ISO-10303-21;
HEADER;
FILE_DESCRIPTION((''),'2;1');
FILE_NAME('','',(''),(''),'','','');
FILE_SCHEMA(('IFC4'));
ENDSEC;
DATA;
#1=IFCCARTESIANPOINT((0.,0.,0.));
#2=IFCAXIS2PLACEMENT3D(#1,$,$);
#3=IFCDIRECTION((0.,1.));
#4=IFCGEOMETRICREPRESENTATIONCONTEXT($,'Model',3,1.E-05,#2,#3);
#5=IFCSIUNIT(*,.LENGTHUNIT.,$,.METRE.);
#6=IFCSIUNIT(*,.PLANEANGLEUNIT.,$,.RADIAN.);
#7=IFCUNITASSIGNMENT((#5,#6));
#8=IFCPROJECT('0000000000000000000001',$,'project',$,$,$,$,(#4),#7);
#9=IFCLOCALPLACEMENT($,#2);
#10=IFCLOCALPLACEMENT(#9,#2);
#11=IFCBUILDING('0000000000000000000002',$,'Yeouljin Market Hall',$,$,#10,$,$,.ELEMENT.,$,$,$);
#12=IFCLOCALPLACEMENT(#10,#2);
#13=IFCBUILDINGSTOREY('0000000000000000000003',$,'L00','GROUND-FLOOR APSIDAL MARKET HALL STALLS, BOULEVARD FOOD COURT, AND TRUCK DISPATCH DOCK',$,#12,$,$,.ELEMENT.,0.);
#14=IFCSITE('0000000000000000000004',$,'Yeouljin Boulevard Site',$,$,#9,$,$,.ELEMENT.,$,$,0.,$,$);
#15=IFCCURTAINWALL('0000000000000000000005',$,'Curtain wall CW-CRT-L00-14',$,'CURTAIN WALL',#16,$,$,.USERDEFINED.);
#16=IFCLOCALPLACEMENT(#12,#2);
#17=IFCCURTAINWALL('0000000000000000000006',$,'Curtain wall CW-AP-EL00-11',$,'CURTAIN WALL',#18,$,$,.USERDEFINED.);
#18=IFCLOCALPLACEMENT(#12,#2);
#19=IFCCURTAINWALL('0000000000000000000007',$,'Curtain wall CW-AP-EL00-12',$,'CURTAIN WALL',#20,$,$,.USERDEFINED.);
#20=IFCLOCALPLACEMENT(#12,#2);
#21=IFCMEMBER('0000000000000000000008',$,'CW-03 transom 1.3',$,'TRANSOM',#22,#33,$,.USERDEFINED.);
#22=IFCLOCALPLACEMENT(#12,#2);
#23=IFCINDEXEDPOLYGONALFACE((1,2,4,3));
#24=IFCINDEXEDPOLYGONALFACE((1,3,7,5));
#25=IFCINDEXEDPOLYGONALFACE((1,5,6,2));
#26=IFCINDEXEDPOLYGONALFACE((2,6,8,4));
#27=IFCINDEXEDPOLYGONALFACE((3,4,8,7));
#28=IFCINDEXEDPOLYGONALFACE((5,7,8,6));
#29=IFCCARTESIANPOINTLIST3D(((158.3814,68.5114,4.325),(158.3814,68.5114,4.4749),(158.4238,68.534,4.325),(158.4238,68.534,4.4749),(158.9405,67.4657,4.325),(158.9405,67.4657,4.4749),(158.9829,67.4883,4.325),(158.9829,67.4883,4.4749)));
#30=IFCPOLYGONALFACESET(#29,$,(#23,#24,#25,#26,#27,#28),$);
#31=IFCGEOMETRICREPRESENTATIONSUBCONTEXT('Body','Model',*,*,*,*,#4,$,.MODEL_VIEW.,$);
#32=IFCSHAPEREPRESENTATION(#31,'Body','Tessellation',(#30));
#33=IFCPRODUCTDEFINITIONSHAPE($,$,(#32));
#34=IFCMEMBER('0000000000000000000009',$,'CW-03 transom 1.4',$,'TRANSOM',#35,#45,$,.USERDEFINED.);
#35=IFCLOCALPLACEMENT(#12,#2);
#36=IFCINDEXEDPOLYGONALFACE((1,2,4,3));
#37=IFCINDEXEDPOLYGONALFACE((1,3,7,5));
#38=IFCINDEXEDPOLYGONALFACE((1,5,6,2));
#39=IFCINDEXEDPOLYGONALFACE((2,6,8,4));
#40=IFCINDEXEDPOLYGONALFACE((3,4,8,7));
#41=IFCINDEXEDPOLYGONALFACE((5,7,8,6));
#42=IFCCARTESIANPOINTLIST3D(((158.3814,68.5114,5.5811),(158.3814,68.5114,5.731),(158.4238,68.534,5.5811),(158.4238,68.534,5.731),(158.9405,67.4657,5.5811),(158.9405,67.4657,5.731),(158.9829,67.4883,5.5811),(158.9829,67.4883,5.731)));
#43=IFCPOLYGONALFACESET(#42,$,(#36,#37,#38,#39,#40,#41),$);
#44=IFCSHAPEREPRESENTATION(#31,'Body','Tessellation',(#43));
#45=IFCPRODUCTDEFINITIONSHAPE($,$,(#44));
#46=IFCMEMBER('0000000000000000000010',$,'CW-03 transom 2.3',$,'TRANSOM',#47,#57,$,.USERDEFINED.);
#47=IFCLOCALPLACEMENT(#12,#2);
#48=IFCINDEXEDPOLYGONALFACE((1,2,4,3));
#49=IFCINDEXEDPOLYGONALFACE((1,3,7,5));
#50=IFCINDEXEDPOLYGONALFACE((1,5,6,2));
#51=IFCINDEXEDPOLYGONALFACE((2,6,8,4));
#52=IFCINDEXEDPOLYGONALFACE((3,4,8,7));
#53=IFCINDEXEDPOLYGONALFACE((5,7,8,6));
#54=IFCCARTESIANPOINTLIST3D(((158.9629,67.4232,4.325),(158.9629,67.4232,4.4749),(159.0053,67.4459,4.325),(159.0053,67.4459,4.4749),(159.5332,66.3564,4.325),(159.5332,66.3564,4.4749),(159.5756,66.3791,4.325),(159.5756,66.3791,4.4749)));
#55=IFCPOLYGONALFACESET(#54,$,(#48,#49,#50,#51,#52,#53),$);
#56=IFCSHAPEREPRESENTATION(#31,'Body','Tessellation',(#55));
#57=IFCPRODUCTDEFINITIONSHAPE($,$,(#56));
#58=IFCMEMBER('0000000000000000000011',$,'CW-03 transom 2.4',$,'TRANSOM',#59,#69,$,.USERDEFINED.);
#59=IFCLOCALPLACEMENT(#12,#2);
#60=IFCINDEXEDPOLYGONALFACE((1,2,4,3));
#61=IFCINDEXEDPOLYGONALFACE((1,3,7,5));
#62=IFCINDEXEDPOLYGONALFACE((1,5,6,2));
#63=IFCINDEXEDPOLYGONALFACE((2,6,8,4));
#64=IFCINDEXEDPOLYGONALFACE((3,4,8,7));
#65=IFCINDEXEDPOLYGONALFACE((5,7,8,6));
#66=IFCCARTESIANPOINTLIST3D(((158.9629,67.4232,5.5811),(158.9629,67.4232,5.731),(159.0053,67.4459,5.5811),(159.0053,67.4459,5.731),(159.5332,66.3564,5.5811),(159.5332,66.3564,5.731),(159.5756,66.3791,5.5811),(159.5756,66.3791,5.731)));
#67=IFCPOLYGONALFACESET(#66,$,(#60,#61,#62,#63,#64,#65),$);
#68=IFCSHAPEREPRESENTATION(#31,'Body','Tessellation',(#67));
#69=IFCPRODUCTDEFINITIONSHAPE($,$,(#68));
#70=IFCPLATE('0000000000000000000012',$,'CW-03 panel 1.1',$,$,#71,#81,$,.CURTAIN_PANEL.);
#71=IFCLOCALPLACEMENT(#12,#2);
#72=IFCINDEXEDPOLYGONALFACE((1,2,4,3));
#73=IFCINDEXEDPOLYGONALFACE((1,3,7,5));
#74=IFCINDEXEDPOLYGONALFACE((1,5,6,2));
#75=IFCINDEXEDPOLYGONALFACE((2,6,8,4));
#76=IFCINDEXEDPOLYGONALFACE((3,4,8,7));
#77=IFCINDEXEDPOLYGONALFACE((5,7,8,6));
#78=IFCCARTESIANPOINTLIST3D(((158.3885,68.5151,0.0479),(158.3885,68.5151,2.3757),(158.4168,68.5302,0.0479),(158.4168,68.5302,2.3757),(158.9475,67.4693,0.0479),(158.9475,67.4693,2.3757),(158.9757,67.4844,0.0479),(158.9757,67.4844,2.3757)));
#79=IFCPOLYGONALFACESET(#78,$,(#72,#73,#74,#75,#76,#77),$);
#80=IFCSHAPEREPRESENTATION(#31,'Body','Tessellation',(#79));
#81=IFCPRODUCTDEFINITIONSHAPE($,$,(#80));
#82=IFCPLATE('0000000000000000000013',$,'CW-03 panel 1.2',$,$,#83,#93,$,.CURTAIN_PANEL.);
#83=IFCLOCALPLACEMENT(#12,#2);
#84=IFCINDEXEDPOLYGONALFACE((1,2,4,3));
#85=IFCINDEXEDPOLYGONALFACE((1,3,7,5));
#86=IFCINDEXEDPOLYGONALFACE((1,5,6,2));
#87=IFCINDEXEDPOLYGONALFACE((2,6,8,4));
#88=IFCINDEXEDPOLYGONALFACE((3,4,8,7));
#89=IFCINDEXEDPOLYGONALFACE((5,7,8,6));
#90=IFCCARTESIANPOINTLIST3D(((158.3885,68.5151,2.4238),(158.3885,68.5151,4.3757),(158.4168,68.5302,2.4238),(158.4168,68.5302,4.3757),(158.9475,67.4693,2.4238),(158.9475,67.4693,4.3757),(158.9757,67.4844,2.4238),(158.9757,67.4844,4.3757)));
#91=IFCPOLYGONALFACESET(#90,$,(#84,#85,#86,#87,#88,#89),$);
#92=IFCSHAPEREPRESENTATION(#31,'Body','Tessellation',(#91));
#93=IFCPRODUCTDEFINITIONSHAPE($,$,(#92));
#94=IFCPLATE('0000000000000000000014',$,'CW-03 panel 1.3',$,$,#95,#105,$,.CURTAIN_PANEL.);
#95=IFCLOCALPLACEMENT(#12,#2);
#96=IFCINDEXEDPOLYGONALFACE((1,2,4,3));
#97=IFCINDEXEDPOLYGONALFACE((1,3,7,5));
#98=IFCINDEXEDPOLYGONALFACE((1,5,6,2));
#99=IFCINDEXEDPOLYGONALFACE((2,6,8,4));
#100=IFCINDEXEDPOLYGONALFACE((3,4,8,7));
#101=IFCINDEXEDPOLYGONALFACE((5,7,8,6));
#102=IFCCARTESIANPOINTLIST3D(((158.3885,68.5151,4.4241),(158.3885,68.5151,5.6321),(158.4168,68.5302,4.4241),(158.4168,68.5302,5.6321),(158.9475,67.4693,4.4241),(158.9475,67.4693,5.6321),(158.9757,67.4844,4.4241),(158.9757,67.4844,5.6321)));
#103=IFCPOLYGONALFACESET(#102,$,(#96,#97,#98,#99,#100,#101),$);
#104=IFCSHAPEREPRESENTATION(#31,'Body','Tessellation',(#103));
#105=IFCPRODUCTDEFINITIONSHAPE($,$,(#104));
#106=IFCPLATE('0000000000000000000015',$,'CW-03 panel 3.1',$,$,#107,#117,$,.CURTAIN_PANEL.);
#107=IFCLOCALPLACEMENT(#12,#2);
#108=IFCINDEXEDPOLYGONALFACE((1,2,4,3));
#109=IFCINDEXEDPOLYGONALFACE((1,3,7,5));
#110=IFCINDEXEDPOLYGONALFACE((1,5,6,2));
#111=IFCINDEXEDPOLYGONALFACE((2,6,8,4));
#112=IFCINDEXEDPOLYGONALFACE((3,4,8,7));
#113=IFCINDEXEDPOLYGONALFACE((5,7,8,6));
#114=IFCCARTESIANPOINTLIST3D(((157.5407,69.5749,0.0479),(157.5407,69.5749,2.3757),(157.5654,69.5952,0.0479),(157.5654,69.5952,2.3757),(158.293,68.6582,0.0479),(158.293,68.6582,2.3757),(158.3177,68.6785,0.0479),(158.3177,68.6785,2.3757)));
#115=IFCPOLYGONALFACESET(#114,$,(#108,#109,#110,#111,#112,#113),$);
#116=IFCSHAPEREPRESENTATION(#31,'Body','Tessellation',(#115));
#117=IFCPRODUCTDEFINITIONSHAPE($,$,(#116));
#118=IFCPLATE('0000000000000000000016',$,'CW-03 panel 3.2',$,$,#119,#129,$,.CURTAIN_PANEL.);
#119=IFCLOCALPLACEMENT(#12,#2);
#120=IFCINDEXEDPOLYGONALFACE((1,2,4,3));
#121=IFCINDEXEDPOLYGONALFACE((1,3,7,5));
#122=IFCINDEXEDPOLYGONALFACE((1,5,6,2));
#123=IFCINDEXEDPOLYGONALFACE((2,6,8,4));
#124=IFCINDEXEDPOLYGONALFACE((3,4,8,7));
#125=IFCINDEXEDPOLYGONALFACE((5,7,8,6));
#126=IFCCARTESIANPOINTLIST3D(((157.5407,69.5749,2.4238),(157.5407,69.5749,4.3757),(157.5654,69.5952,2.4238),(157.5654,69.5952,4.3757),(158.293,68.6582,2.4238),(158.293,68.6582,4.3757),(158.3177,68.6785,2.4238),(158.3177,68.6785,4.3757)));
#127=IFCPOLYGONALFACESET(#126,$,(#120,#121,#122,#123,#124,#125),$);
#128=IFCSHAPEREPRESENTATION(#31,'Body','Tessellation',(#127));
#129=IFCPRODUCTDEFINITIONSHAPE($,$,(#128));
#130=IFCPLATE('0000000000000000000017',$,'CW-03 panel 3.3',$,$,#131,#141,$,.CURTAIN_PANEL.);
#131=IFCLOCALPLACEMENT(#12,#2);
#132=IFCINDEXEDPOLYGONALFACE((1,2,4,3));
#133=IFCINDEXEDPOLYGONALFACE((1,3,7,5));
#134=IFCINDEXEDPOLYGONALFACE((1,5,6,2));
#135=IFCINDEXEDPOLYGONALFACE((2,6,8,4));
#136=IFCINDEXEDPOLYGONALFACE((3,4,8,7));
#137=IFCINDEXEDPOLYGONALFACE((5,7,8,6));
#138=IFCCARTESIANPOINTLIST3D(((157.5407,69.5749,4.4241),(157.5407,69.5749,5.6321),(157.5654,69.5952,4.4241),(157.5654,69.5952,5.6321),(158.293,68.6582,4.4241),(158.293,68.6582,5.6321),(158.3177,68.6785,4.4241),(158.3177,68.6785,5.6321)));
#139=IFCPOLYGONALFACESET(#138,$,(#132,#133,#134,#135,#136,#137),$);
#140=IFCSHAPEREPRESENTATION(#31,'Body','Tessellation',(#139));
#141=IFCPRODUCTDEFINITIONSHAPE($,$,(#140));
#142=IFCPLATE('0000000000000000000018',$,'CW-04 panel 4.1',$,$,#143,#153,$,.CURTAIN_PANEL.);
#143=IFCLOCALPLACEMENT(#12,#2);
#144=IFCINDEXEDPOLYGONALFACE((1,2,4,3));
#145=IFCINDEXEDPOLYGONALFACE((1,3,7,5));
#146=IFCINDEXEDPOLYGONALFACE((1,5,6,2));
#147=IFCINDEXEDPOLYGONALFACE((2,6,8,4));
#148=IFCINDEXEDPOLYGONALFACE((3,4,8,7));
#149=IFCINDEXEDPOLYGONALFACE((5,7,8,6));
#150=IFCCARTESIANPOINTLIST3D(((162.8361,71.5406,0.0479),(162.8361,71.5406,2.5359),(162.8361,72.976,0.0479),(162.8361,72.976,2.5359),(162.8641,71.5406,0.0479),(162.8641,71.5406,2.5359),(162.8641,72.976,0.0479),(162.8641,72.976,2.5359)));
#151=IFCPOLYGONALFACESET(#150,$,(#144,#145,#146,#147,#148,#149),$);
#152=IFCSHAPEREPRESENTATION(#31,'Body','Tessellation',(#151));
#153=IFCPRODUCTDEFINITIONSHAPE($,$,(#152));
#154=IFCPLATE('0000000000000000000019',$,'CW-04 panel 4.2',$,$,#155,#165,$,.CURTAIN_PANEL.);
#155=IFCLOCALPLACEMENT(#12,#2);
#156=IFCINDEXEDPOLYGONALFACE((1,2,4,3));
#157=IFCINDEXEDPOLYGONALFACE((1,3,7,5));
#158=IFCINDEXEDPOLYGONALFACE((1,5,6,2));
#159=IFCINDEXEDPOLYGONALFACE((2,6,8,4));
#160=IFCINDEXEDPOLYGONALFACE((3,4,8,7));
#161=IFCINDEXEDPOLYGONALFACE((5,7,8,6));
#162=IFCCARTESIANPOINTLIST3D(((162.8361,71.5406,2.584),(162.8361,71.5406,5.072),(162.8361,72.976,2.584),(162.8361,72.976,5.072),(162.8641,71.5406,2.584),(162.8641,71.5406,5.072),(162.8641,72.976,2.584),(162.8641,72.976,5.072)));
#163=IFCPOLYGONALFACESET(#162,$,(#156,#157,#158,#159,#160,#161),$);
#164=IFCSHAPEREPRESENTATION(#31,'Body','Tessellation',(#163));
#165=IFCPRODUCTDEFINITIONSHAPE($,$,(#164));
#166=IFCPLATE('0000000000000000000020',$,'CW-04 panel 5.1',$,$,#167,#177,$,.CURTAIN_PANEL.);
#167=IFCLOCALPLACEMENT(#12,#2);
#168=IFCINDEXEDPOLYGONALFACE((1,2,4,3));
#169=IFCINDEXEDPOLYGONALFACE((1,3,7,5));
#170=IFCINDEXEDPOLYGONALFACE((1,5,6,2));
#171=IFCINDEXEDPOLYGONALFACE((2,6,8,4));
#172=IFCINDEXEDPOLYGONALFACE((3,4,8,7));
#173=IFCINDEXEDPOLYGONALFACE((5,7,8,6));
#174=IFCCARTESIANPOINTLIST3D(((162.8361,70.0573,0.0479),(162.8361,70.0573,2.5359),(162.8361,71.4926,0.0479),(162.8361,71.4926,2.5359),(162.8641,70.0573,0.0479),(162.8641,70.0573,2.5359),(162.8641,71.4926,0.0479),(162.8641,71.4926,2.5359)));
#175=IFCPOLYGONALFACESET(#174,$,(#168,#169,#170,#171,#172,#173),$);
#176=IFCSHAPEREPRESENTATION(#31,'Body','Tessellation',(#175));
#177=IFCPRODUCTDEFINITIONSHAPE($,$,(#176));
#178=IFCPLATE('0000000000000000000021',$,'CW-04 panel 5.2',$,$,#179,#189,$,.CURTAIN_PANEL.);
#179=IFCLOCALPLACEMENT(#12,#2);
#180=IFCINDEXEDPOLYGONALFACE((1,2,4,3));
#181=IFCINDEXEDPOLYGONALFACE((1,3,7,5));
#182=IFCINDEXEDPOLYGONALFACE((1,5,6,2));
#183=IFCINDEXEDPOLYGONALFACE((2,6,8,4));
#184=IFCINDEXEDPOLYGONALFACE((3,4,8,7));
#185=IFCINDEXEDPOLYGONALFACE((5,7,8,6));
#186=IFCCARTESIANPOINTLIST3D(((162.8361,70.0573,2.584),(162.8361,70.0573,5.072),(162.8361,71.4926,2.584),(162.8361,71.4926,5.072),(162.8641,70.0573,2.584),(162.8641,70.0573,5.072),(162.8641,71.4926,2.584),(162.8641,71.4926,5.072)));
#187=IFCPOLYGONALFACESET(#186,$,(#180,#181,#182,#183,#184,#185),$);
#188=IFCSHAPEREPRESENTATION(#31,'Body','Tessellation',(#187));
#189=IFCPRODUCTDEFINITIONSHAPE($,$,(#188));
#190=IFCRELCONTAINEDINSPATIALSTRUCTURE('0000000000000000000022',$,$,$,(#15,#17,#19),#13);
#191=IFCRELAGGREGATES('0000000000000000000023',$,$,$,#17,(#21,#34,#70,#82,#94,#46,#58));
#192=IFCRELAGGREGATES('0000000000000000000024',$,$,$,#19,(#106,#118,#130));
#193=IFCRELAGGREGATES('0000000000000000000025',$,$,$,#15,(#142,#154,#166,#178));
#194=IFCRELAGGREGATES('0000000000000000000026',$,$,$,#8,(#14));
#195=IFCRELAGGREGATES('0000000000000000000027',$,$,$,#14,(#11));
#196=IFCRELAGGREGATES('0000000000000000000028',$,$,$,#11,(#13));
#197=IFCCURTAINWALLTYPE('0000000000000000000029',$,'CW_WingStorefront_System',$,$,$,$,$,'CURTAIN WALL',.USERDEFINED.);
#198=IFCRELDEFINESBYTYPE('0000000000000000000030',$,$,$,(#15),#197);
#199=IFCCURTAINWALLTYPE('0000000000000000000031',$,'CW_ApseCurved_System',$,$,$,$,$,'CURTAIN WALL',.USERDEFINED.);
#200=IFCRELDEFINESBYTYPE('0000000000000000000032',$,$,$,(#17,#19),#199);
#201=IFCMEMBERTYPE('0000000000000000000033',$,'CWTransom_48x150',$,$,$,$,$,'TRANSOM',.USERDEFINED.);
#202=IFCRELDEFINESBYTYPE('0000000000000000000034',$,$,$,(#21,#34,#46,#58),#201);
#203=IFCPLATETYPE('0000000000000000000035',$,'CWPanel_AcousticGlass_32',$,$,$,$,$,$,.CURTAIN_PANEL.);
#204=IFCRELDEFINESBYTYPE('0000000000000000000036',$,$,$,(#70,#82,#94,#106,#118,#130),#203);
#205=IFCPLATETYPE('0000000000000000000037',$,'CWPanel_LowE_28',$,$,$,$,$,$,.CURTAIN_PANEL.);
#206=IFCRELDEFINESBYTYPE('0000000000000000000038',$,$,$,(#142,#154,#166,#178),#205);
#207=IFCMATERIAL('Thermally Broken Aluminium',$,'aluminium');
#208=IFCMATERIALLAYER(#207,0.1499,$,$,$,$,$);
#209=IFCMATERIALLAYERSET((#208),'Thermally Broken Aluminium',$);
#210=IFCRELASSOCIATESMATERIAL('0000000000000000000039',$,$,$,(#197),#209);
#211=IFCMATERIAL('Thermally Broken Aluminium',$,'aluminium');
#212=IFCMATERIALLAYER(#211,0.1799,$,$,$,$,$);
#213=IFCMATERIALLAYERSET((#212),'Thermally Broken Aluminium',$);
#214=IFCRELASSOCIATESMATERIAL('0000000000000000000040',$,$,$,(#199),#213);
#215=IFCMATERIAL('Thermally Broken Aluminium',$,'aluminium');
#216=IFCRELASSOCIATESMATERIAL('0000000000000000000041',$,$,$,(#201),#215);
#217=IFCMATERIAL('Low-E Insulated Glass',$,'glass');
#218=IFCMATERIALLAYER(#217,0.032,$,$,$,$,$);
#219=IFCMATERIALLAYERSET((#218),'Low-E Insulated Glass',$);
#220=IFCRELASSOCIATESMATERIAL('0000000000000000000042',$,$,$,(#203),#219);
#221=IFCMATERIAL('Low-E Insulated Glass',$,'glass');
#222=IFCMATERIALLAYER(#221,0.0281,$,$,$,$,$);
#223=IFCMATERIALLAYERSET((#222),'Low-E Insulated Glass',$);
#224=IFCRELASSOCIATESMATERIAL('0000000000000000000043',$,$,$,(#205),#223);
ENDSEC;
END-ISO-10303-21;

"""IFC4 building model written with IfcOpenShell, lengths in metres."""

from ifc_helpers import new_model, si_unit, direction, frame, origin, origin_2d, place, context, subcontext, project, spatial, rectangle, extrude, material, layer, layer_set, material_profile, profile_set, type_object, element, aggregate, save


model = new_model("IFC4")

# Units and contexts
model_context = context("Model", 3, precision=1e-05, world=origin(), true_north=direction((0.0, 1.0)))
body_context = subcontext(model_context, "Body", "Model", "MODEL_VIEW")
ifc_project = project(units=[si_unit("LENGTHUNIT", "METRE"), si_unit("PLANEANGLEUNIT", "RADIAN")], contexts=[model_context])

# Site, building, storey
site_placement = place(None, origin())
site = spatial("IfcSite", under=ifc_project, at=site_placement, Name="Yeouljin Boulevard Site", CompositionType="ELEMENT", RefElevation=0.0)
building_placement = place(site_placement, origin())
building = spatial("IfcBuilding", under=site, at=building_placement, Name="Yeouljin Market Hall", CompositionType="ELEMENT")
storey_placement = place(building_placement, origin())
storey = spatial("IfcBuildingStorey", under=building, at=storey_placement, Name="L00", Description="GROUND-FLOOR APSIDAL MARKET HALL STALLS, BOULEVARD FOOD COURT, AND TRUCK DISPATCH DOCK", CompositionType="ELEMENT", Elevation=0.0)

# Curtain walls
ifc_material_1 = material(Name="Thermally Broken Aluminium", Category="aluminium")
ifc_layer_1 = layer(ifc_material_1, 0.1499)
ifc_layer_set_1 = layer_set([ifc_layer_1], Name="Thermally Broken Aluminium")
curtain_wall_type_1 = type_object("IfcCurtainWallType", Name="CW_WingStorefront_System", ElementType="CURTAIN WALL", PredefinedType="USERDEFINED", material=ifc_layer_set_1)
curtain_wall_1_placement = place(storey_placement, origin())
curtain_wall_1 = element("IfcCurtainWall", 1, at=curtain_wall_1_placement, inside=storey, type_object=curtain_wall_type_1, Name="Curtain wall CW-CRT-L00-14", ObjectType="CURTAIN WALL", PredefinedType="USERDEFINED")
ifc_material_2 = material(Name="Thermally Broken Aluminium", Category="aluminium")
ifc_layer_2 = layer(ifc_material_2, 0.1799)
ifc_layer_set_2 = layer_set([ifc_layer_2], Name="Thermally Broken Aluminium")
curtain_wall_type_2 = type_object("IfcCurtainWallType", Name="CW_ApseCurved_System", ElementType="CURTAIN WALL", PredefinedType="USERDEFINED", material=ifc_layer_set_2)
curtain_wall_2_placement = place(storey_placement, origin())
curtain_wall_2 = element("IfcCurtainWall", 2, at=curtain_wall_2_placement, inside=storey, type_object=curtain_wall_type_2, Name="Curtain wall CW-AP-EL00-11", ObjectType="CURTAIN WALL", PredefinedType="USERDEFINED")

# Curtain wall
curtain_wall_3_placement = place(storey_placement, origin())
curtain_wall_3 = element("IfcCurtainWall", 3, at=curtain_wall_3_placement, inside=storey, type_object=curtain_wall_type_2, Name="Curtain wall CW-AP-EL00-12", ObjectType="CURTAIN WALL", PredefinedType="USERDEFINED")

# Members
ifc_material_3 = material(Name="Thermally Broken Aluminium", Category="aluminium")
ifc_material_profile_1 = material_profile(ifc_material_3, rectangle(XDim=0.0481, YDim=0.1499, at=origin_2d()), Name="CW-TRAN-48x150")
ifc_profile_set_1 = profile_set([ifc_material_profile_1], Name="Thermally Broken Aluminium")
member_type_1 = type_object("IfcMemberType", Name="CWTransom_48x150", ElementType="TRANSOM", PredefinedType="USERDEFINED", material=ifc_profile_set_1)
member_1_placement = place(storey_placement, frame((158.4026, 68.5227, 4.3999), z_axis=(0.471507, -0.881862, 0.0), x_axis=(0.881862, 0.471507, 0.0)))
member_1 = element("IfcMember", 4, at=member_1_placement, type_object=member_type_1, Name="CW-03 transom 1.3", ObjectType="TRANSOM", PredefinedType="USERDEFINED", context=body_context, shape_type="SweptSolid", body=[
    extrude(rectangle(XDim=0.0481, YDim=0.1499, at=origin_2d()), origin(), (0.0, 0.0, 1.0), 1.1858),
])
member_2_placement = place(storey_placement, frame((158.4026, 68.5227, 5.656), z_axis=(0.471507, -0.881862, 0.0), x_axis=(0.881862, 0.471507, 0.0)))
member_2 = element("IfcMember", 5, at=member_2_placement, type_object=member_type_1, Name="CW-03 transom 1.4", ObjectType="TRANSOM", PredefinedType="USERDEFINED", context=body_context, shape_type="SweptSolid", body=[
    extrude(rectangle(XDim=0.0481, YDim=0.1499, at=origin_2d()), origin(), (0.0, 0.0, 1.0), 1.1858),
])
member_3_placement = place(storey_placement, frame((158.9841, 67.4346, 4.3999), z_axis=(0.471426, -0.881906, 0.0), x_axis=(0.881906, 0.471426, 0.0)))
member_3 = element("IfcMember", 6, at=member_3_placement, type_object=member_type_1, Name="CW-03 transom 2.3", ObjectType="TRANSOM", PredefinedType="USERDEFINED", context=body_context, shape_type="SweptSolid", body=[
    extrude(rectangle(XDim=0.0481, YDim=0.1499, at=origin_2d()), origin(), (0.0, 0.0, 1.0), 1.2097),
])
member_4_placement = place(storey_placement, frame((158.9841, 67.4346, 5.656), z_axis=(0.471426, -0.881906, 0.0), x_axis=(0.881906, 0.471426, 0.0)))
member_4 = element("IfcMember", 7, at=member_4_placement, type_object=member_type_1, Name="CW-03 transom 2.4", ObjectType="TRANSOM", PredefinedType="USERDEFINED", context=body_context, shape_type="SweptSolid", body=[
    extrude(rectangle(XDim=0.0481, YDim=0.1499, at=origin_2d()), origin(), (0.0, 0.0, 1.0), 1.2097),
])

# Plates
ifc_material_4 = material(Name="Low-E Insulated Glass", Category="glass")
ifc_layer_3 = layer(ifc_material_4, 0.032)
ifc_layer_set_3 = layer_set([ifc_layer_3], Name="Low-E Insulated Glass")
plate_type_1 = type_object("IfcPlateType", Name="CWPanel_AcousticGlass_32", PredefinedType="CURTAIN_PANEL", material=ifc_layer_set_3)
plate_1_placement = place(storey_placement, frame((158.6821, 67.9998, 0.0479), z_axis=(0.0, 0.0, 1.0), x_axis=(0.471378, -0.881931, 0.0)))
plate_1 = element("IfcPlate", 8, at=plate_1_placement, type_object=plate_type_1, Name="CW-03 panel 1.1", PredefinedType="CURTAIN_PANEL", context=body_context, shape_type="SweptSolid", body=[
    extrude(rectangle(XDim=1.1858, YDim=0.032, at=origin_2d()), origin(), (0.0, 0.0, 1.0), 2.3279),
])
plate_2_placement = place(storey_placement, frame((158.6821, 67.9998, 2.4238), z_axis=(0.0, 0.0, 1.0), x_axis=(0.471378, -0.881931, 0.0)))
plate_2 = element("IfcPlate", 9, at=plate_2_placement, type_object=plate_type_1, Name="CW-03 panel 1.2", PredefinedType="CURTAIN_PANEL", context=body_context, shape_type="SweptSolid", body=[
    extrude(rectangle(XDim=1.1858, YDim=0.032, at=origin_2d()), origin(), (0.0, 0.0, 1.0), 1.9519),
])
plate_3_placement = place(storey_placement, frame((158.6821, 67.9998, 4.4241), z_axis=(0.0, 0.0, 1.0), x_axis=(0.471378, -0.881931, 0.0)))
plate_3 = element("IfcPlate", 10, at=plate_3_placement, type_object=plate_type_1, Name="CW-03 panel 1.3", PredefinedType="CURTAIN_PANEL", context=body_context, shape_type="SweptSolid", body=[
    extrude(rectangle(XDim=1.1858, YDim=0.032, at=origin_2d()), origin(), (0.0, 0.0, 1.0), 1.208),
])
aggregate(curtain_wall_2, [member_1, member_2, plate_1, plate_2, plate_3, member_3, member_4])
plate_4_placement = place(storey_placement, frame((157.9292, 69.1267, 0.0479), z_axis=(0.0, 0.0, 1.0), x_axis=(0.634384, -0.773018, 0.0)))
plate_4 = element("IfcPlate", 11, at=plate_4_placement, type_object=plate_type_1, Name="CW-03 panel 3.1", PredefinedType="CURTAIN_PANEL", context=body_context, shape_type="SweptSolid", body=[
    extrude(rectangle(XDim=1.1858, YDim=0.032, at=origin_2d()), origin(), (0.0, 0.0, 1.0), 2.3279),
])
plate_5_placement = place(storey_placement, frame((157.9292, 69.1267, 2.4238), z_axis=(0.0, 0.0, 1.0), x_axis=(0.634384, -0.773018, 0.0)))
plate_5 = element("IfcPlate", 12, at=plate_5_placement, type_object=plate_type_1, Name="CW-03 panel 3.2", PredefinedType="CURTAIN_PANEL", context=body_context, shape_type="SweptSolid", body=[
    extrude(rectangle(XDim=1.1858, YDim=0.032, at=origin_2d()), origin(), (0.0, 0.0, 1.0), 1.9519),
])
plate_6_placement = place(storey_placement, frame((157.9292, 69.1267, 4.4241), z_axis=(0.0, 0.0, 1.0), x_axis=(0.634384, -0.773018, 0.0)))
plate_6 = element("IfcPlate", 13, at=plate_6_placement, type_object=plate_type_1, Name="CW-03 panel 3.3", PredefinedType="CURTAIN_PANEL", context=body_context, shape_type="SweptSolid", body=[
    extrude(rectangle(XDim=1.1858, YDim=0.032, at=origin_2d()), origin(), (0.0, 0.0, 1.0), 1.208),
])
aggregate(curtain_wall_3, [plate_4, plate_5, plate_6])
ifc_material_5 = material(Name="Low-E Insulated Glass", Category="glass")
ifc_layer_4 = layer(ifc_material_5, 0.0281)
ifc_layer_set_4 = layer_set([ifc_layer_4], Name="Low-E Insulated Glass")
plate_type_2 = type_object("IfcPlateType", Name="CWPanel_LowE_28", PredefinedType="CURTAIN_PANEL", material=ifc_layer_set_4)
plate_7_placement = place(storey_placement, frame((162.8501, 72.2583, 0.0479), z_axis=(0.0, 0.0, 1.0), x_axis=(0.0, -1.0, 0.0)))
plate_7 = element("IfcPlate", 14, at=plate_7_placement, type_object=plate_type_2, Name="CW-04 panel 4.1", PredefinedType="CURTAIN_PANEL", context=body_context, shape_type="SweptSolid", body=[
    extrude(rectangle(XDim=1.4353, YDim=0.0281, at=origin_2d()), origin(), (0.0, 0.0, 1.0), 2.488),
])
plate_8_placement = place(storey_placement, frame((162.8501, 72.2583, 2.584), z_axis=(0.0, 0.0, 1.0), x_axis=(0.0, -1.0, 0.0)))
plate_8 = element("IfcPlate", 15, at=plate_8_placement, type_object=plate_type_2, Name="CW-04 panel 4.2", PredefinedType="CURTAIN_PANEL", context=body_context, shape_type="SweptSolid", body=[
    extrude(rectangle(XDim=1.4353, YDim=0.0281, at=origin_2d()), origin(), (0.0, 0.0, 1.0), 2.488),
])
plate_9_placement = place(storey_placement, frame((162.8501, 70.7749, 0.0479), z_axis=(0.0, 0.0, 1.0), x_axis=(0.0, -1.0, 0.0)))
plate_9 = element("IfcPlate", 16, at=plate_9_placement, type_object=plate_type_2, Name="CW-04 panel 5.1", PredefinedType="CURTAIN_PANEL", context=body_context, shape_type="SweptSolid", body=[
    extrude(rectangle(XDim=1.4353, YDim=0.0281, at=origin_2d()), origin(), (0.0, 0.0, 1.0), 2.488),
])
plate_10_placement = place(storey_placement, frame((162.8501, 70.7749, 2.584), z_axis=(0.0, 0.0, 1.0), x_axis=(0.0, -1.0, 0.0)))
plate_10 = element("IfcPlate", 17, at=plate_10_placement, type_object=plate_type_2, Name="CW-04 panel 5.2", PredefinedType="CURTAIN_PANEL", context=body_context, shape_type="SweptSolid", body=[
    extrude(rectangle(XDim=1.4353, YDim=0.0281, at=origin_2d()), origin(), (0.0, 0.0, 1.0), 2.488),
])
aggregate(curtain_wall_1, [plate_7, plate_8, plate_9, plate_10])

save(model, "model.ifc")
